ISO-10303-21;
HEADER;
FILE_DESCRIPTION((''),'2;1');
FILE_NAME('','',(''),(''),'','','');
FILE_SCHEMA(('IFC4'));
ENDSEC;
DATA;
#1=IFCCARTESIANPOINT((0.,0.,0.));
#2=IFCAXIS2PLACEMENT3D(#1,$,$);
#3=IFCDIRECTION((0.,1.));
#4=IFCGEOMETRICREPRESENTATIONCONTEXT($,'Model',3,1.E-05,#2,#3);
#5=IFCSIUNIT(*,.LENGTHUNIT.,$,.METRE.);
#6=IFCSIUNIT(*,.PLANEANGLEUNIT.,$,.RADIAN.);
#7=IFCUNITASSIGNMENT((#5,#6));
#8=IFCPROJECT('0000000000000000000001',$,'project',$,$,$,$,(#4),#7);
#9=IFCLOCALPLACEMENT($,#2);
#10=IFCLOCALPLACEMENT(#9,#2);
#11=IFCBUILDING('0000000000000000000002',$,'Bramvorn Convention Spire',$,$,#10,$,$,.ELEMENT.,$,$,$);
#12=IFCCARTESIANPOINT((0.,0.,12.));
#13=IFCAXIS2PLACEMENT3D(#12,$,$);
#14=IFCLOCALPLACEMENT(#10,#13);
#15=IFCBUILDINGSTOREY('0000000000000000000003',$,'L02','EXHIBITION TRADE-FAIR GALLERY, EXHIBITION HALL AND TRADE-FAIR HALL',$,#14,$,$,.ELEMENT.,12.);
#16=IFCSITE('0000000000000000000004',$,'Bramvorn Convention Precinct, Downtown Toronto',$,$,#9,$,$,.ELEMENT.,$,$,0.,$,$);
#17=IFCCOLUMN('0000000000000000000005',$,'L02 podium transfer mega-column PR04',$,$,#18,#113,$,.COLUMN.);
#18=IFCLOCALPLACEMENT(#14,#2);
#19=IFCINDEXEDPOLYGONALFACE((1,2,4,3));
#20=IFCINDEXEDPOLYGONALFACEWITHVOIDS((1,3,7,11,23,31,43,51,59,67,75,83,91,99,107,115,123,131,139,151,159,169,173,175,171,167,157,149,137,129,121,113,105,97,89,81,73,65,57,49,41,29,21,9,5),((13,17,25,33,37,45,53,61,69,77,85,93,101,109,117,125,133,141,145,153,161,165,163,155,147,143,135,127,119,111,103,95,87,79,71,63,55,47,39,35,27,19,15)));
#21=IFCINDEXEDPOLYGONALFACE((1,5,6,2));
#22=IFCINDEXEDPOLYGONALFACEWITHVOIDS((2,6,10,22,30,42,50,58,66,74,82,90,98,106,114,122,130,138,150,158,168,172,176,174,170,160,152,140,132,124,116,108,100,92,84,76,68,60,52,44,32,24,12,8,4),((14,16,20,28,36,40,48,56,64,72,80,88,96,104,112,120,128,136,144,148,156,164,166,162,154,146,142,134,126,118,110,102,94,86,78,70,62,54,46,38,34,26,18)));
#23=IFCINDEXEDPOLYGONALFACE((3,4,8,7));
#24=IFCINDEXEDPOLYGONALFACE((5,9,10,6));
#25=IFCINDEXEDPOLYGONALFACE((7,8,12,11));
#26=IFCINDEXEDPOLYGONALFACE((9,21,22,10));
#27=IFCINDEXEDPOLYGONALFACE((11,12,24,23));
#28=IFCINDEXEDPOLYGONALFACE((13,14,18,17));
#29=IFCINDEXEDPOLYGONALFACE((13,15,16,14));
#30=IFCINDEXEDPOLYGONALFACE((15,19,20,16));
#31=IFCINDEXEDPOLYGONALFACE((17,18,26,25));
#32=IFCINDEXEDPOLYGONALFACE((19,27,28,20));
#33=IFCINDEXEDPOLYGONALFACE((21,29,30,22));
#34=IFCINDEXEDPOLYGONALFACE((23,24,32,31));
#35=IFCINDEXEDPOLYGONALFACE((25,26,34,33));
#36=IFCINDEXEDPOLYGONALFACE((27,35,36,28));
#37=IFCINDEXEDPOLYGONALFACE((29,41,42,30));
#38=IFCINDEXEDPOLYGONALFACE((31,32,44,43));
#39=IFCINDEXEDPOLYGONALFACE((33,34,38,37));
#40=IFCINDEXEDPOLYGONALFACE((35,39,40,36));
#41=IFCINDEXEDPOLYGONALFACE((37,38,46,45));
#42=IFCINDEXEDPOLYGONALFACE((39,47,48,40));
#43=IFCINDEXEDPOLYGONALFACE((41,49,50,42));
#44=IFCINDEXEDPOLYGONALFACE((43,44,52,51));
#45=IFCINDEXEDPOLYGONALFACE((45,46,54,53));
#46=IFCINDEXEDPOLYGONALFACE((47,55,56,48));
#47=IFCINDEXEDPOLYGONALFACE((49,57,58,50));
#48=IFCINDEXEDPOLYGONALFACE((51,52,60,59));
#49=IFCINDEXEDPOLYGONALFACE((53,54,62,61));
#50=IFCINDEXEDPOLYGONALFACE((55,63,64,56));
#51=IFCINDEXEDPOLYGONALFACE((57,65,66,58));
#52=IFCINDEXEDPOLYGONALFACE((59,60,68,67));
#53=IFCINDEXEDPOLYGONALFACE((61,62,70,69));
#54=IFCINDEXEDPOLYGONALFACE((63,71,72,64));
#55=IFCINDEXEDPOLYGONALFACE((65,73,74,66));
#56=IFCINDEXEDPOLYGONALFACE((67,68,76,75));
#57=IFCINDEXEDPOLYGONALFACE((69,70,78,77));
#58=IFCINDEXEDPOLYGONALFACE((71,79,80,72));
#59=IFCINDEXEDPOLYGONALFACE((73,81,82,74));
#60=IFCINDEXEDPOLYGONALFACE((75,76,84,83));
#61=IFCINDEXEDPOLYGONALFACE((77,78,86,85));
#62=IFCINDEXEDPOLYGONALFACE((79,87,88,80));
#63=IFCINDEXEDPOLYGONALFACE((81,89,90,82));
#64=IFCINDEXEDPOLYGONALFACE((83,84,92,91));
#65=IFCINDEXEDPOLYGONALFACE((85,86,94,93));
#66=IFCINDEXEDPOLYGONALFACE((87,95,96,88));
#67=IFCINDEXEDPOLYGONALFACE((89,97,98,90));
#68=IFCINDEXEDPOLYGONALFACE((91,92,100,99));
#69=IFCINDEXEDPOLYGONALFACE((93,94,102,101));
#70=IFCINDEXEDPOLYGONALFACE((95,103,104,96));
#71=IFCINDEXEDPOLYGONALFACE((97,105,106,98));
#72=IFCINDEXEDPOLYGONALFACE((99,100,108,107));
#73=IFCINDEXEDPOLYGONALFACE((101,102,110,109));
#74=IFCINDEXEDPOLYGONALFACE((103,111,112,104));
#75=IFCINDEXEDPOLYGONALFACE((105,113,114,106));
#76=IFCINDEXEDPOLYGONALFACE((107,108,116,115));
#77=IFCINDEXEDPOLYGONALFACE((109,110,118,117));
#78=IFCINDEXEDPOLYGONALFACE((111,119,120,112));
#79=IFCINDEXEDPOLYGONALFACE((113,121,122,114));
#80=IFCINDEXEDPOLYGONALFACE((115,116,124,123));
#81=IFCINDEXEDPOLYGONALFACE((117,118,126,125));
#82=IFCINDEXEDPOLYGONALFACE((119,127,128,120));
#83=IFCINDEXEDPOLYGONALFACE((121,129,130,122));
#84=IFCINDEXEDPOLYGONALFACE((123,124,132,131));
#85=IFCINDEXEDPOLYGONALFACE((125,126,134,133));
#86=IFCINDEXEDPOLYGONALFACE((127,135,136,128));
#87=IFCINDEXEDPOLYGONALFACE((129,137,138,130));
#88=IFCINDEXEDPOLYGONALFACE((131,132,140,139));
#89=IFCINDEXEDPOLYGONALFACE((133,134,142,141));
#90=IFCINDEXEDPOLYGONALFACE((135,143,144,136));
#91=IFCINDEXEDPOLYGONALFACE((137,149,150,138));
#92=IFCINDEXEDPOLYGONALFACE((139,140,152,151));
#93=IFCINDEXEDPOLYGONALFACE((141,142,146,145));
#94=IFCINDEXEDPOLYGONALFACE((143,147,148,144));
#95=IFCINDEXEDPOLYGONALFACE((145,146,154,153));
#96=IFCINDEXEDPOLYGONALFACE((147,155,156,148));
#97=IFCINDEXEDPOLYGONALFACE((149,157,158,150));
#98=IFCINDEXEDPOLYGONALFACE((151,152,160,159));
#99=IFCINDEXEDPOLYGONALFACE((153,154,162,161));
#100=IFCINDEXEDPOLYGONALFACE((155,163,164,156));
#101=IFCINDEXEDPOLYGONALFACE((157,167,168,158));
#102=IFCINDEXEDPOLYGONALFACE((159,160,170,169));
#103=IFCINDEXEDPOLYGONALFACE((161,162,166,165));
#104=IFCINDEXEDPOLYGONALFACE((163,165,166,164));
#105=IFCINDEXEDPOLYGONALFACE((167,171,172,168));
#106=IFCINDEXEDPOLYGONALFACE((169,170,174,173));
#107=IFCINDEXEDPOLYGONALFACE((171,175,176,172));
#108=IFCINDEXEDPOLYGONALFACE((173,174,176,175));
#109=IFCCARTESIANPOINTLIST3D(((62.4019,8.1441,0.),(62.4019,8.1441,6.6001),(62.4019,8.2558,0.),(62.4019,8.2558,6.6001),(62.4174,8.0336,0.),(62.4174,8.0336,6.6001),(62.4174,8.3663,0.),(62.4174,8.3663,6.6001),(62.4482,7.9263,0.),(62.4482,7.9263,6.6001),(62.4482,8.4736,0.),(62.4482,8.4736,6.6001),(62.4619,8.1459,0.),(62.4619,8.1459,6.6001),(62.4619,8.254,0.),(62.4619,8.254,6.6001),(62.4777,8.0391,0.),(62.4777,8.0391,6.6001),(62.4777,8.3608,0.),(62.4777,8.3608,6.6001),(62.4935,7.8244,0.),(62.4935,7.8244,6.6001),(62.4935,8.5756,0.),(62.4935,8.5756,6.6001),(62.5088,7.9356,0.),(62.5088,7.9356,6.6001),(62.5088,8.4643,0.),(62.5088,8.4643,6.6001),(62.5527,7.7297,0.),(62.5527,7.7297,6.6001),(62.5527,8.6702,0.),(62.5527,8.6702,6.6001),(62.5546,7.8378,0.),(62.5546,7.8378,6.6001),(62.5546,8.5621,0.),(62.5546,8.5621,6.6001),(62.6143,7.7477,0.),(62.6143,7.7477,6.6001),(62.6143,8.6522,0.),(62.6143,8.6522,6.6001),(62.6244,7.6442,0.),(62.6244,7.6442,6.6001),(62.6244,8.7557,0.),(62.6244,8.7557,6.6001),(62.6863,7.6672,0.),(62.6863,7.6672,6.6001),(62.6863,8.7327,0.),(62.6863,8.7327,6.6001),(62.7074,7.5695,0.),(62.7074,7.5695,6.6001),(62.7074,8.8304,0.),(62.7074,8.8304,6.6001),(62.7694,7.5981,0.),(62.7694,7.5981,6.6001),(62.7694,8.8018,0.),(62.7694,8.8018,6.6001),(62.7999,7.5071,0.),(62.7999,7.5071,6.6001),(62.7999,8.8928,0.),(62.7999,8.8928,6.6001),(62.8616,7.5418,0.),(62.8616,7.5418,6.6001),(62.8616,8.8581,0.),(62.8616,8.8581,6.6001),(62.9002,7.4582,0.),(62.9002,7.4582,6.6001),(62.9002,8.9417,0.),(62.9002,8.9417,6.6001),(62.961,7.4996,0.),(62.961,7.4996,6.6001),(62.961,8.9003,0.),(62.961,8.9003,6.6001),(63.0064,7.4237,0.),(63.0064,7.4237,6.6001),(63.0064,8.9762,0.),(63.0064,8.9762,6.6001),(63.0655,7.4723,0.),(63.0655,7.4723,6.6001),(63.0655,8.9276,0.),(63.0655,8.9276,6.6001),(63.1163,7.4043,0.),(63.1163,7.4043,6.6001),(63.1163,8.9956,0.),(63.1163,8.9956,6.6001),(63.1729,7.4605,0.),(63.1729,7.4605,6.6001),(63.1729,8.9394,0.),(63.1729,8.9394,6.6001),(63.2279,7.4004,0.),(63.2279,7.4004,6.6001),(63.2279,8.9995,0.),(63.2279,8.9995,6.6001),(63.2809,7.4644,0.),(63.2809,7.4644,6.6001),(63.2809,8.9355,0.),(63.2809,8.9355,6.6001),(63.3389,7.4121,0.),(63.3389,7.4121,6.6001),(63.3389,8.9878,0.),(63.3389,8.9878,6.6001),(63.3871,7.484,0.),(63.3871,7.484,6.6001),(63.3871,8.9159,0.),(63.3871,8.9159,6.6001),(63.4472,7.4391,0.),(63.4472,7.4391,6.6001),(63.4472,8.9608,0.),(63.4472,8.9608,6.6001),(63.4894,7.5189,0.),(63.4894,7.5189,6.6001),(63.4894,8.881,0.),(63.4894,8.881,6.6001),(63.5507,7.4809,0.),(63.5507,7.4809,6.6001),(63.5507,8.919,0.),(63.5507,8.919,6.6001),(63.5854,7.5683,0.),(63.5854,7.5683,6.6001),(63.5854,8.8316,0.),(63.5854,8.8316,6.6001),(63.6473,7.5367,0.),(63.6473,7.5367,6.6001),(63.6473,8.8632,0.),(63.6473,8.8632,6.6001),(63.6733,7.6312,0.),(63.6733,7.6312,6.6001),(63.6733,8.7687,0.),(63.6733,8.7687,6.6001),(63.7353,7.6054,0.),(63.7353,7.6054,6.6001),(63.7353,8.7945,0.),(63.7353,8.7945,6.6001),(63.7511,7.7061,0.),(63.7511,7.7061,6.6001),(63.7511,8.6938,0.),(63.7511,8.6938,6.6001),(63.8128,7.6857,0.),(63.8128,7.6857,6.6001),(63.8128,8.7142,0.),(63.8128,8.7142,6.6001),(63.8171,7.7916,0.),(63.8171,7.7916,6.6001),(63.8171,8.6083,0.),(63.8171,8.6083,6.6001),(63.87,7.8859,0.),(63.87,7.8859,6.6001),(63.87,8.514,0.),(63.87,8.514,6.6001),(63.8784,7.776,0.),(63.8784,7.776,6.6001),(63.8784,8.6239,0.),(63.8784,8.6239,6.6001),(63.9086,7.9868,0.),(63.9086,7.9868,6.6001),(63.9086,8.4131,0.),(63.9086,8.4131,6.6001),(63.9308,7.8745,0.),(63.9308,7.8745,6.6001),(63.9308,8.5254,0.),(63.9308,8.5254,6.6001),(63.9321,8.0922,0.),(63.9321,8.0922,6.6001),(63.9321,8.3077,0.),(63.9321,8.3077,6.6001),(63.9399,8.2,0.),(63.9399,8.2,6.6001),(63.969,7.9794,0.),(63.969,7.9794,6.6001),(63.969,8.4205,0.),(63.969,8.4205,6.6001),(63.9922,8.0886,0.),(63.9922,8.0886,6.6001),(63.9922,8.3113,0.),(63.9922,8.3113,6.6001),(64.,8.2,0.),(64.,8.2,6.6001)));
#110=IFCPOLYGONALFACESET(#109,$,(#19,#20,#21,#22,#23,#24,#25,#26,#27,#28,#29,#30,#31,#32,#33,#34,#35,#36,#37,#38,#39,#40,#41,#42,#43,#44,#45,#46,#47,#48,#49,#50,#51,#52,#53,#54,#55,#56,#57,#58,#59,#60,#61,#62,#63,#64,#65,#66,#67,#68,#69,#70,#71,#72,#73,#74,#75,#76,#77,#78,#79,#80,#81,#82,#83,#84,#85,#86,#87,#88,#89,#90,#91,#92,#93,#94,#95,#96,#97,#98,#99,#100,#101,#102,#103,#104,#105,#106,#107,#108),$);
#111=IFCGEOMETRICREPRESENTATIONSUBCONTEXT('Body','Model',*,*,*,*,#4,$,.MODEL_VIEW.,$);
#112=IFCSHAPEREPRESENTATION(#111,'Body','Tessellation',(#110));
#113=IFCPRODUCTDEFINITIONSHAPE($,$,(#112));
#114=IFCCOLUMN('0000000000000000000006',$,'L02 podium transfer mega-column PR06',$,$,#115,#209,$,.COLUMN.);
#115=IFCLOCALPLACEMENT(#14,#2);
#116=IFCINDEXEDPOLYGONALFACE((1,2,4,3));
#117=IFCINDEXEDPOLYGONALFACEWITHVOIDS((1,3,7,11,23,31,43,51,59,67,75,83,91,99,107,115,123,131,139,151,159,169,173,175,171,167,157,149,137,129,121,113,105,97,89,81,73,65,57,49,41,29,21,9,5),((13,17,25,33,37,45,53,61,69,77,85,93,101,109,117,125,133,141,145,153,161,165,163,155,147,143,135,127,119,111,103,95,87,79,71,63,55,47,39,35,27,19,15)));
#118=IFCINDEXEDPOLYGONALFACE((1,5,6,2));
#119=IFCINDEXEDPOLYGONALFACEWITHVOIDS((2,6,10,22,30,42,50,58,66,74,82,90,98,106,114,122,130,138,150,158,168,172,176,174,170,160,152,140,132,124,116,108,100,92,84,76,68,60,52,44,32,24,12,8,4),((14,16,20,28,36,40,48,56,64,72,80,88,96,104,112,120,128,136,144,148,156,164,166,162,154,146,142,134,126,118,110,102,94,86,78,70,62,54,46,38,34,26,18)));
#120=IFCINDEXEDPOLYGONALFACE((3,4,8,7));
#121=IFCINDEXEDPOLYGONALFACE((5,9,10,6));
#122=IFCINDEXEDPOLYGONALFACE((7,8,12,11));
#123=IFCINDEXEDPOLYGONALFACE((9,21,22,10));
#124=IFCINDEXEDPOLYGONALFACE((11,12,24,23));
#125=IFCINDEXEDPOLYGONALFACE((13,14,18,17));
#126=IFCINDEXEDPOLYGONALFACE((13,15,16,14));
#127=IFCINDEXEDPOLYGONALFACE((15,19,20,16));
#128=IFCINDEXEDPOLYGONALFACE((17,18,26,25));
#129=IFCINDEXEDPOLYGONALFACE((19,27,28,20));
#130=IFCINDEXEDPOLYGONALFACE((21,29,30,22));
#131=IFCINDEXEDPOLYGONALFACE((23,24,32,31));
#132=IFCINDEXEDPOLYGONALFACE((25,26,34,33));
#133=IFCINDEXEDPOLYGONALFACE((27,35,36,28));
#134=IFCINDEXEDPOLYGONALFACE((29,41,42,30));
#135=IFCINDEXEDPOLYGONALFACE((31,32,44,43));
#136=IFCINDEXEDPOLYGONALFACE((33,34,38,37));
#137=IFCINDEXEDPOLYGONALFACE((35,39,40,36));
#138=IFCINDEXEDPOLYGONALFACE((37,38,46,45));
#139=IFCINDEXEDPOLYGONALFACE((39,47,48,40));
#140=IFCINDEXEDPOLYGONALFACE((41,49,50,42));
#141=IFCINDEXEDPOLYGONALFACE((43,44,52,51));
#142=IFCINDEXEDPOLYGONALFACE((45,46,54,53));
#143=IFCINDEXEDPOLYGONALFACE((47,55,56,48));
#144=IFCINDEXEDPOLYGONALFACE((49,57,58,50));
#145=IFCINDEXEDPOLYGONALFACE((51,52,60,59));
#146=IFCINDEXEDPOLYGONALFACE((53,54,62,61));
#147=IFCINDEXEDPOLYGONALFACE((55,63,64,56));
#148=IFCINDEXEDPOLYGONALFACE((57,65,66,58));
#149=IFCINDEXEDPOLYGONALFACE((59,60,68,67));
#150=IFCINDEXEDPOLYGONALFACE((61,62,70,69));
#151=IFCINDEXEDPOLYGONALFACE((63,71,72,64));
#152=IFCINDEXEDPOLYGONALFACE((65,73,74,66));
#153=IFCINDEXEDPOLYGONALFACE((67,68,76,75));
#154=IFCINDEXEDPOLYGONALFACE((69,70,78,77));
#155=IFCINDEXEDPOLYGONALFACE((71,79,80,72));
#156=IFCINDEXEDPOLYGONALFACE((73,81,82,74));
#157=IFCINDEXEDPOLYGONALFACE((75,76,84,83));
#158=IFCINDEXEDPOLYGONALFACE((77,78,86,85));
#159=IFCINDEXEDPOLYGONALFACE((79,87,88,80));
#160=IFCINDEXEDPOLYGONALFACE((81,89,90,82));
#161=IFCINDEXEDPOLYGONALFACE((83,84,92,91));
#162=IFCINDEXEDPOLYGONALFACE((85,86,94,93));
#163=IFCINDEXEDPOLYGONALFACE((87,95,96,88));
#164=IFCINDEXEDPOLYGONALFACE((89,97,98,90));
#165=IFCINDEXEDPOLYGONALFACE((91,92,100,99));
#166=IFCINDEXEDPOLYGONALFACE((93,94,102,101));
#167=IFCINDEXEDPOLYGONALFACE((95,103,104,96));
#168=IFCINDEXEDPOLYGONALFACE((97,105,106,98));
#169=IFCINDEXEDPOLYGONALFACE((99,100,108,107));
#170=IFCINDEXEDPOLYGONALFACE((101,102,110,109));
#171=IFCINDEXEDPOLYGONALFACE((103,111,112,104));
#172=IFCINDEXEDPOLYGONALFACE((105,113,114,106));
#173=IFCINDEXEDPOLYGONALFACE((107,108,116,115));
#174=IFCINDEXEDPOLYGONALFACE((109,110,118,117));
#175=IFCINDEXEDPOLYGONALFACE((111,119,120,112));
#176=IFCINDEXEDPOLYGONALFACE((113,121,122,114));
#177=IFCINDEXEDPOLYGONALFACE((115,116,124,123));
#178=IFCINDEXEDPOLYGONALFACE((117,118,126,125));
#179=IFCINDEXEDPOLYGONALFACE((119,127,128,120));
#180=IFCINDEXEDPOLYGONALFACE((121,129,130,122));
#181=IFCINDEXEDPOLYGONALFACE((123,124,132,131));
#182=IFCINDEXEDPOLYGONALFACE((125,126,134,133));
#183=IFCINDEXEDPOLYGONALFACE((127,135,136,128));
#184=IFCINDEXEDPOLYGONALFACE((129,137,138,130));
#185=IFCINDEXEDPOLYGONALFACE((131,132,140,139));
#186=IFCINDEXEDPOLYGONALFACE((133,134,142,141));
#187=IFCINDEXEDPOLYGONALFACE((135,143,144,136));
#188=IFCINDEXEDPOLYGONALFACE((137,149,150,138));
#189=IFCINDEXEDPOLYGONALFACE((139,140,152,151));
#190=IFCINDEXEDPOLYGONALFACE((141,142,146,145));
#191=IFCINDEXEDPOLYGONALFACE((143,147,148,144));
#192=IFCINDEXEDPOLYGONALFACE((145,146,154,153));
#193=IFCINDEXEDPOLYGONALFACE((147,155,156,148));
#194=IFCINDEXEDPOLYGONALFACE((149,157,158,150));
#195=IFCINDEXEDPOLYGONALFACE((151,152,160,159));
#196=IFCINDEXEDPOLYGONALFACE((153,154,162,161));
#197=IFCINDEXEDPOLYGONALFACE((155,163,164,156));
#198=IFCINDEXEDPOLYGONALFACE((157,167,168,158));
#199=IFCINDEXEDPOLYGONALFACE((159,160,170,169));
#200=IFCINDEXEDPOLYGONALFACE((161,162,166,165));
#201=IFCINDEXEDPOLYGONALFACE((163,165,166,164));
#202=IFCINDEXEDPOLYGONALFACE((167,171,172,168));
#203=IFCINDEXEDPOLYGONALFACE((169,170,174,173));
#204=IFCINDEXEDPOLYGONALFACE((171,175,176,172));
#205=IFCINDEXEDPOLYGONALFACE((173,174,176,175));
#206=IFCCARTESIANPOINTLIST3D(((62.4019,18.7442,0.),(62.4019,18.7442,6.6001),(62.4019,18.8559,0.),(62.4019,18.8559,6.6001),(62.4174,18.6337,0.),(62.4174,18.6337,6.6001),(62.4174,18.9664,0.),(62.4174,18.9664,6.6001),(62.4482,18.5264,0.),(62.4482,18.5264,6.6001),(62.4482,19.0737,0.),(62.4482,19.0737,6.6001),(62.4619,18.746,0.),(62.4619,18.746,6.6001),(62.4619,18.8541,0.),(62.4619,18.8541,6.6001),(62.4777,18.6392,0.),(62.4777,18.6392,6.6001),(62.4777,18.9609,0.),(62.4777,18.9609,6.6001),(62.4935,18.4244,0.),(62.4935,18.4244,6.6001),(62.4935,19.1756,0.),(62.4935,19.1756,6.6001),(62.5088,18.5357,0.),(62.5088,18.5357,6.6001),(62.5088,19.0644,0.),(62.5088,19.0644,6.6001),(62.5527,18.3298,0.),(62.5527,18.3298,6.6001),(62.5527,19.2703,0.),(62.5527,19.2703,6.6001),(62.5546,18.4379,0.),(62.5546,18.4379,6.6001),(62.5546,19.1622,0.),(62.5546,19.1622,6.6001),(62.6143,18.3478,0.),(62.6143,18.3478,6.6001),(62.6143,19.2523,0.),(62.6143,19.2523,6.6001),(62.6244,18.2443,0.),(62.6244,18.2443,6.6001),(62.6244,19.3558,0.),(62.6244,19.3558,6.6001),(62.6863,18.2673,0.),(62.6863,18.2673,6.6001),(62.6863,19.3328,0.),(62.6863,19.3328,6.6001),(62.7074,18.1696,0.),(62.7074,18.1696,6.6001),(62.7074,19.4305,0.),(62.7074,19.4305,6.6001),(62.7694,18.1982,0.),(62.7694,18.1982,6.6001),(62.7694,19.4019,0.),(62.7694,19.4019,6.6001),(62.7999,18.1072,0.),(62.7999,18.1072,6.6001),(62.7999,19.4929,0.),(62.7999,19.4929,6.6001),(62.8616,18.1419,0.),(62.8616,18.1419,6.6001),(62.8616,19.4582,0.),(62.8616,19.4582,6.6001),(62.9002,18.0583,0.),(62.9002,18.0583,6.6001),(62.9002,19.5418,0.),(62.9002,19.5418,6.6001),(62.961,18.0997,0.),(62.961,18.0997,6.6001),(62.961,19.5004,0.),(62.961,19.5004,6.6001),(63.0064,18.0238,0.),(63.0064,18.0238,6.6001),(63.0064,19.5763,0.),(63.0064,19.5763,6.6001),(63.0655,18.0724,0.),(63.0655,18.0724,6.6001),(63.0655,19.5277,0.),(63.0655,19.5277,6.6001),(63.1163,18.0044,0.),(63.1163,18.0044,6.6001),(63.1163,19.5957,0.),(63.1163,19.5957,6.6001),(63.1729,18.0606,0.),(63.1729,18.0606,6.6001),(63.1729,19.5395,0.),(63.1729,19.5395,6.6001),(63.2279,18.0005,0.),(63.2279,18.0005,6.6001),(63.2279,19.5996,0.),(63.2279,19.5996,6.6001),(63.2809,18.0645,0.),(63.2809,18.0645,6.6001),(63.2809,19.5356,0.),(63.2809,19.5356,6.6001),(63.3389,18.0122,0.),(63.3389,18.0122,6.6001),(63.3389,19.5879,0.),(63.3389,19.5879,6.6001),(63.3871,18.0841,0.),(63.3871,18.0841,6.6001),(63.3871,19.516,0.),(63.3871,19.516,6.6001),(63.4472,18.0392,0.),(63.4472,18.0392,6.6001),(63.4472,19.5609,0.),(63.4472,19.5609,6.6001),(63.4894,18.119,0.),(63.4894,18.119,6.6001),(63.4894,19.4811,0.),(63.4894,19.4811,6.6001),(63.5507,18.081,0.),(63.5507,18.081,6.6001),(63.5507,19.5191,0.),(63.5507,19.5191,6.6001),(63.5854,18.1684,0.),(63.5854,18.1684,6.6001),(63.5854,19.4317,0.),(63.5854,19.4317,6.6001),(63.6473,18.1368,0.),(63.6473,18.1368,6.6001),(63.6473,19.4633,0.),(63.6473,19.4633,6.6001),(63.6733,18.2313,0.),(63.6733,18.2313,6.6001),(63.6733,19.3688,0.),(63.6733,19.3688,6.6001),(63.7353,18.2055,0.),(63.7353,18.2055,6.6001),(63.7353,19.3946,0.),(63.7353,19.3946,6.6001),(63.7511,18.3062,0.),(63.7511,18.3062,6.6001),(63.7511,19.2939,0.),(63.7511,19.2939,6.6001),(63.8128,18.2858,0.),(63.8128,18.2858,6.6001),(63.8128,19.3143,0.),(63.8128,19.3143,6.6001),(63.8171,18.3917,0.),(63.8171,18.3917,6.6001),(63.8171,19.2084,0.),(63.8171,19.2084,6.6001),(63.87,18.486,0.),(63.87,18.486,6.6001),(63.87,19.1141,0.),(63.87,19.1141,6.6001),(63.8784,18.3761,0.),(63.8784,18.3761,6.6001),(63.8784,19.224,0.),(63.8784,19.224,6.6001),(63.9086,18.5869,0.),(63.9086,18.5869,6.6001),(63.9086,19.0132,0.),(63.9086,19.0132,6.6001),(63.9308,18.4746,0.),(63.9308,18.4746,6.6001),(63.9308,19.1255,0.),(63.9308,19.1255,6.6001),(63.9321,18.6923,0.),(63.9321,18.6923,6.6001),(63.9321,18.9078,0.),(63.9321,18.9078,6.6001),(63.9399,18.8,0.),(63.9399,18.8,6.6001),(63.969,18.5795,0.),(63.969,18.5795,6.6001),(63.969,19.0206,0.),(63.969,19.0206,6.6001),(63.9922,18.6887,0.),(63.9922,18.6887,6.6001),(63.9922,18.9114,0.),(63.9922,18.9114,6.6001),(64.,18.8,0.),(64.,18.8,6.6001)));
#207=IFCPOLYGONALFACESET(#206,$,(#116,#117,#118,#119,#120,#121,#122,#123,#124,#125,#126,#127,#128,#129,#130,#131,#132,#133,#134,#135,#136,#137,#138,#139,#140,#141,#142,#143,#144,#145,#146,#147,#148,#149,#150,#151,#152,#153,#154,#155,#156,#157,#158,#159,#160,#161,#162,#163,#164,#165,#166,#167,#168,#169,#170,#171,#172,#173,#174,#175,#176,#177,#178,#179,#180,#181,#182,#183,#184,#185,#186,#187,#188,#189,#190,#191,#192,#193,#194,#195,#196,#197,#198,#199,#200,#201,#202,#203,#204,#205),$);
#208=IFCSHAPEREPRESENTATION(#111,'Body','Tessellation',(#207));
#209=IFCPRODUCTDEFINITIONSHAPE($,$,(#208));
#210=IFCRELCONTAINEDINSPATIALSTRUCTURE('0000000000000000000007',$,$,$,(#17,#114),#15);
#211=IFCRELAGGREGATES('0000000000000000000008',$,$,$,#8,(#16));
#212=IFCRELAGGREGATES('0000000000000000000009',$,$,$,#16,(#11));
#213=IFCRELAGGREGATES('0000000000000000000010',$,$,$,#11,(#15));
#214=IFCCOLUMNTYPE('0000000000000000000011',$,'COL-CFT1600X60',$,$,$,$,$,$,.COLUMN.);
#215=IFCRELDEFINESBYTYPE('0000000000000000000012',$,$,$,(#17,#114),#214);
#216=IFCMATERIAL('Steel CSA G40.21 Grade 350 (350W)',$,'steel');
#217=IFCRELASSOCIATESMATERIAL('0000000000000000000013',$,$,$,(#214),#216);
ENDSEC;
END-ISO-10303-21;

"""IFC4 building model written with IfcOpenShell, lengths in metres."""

from ifc_helpers import new_model, si_unit, direction, frame, origin, origin_2d, place, context, subcontext, project, spatial, hollow_circle, extrude, material, material_profile, profile_set, type_object, element, save


model = new_model("IFC4")

# Units and contexts
model_context = context("Model", 3, precision=1e-05, world=origin(), true_north=direction((0.0, 1.0)))
body_context = subcontext(model_context, "Body", "Model", "MODEL_VIEW")
ifc_project = project(units=[si_unit("LENGTHUNIT", "METRE"), si_unit("PLANEANGLEUNIT", "RADIAN")], contexts=[model_context])

# Site, building, storey
site_placement = place(None, origin())
site = spatial("IfcSite", under=ifc_project, at=site_placement, Name="Bramvorn Convention Precinct, Downtown Toronto", CompositionType="ELEMENT", RefElevation=0.0)
building_placement = place(site_placement, origin())
building = spatial("IfcBuilding", under=site, at=building_placement, Name="Bramvorn Convention Spire", CompositionType="ELEMENT")
storey_placement = place(building_placement, frame((0.0, 0.0, 12.0)))
storey = spatial("IfcBuildingStorey", under=building, at=storey_placement, Name="L02", Description="EXHIBITION TRADE-FAIR GALLERY, EXHIBITION HALL AND TRADE-FAIR HALL", CompositionType="ELEMENT", Elevation=12.0)

# Columns
ifc_material_1 = material(Name="Steel CSA G40.21 Grade 350 (350W)", Category="steel")
ifc_material_profile_1 = material_profile(ifc_material_1, hollow_circle(Radius=0.8, WallThickness=0.0601, at=origin_2d()))
ifc_profile_set_1 = profile_set([ifc_material_profile_1], Name="Steel CSA G40.21 Grade 350 (350W) - CFT1600X60")
column_type_1 = type_object("IfcColumnType", Name="COL-CFT1600X60", PredefinedType="COLUMN", material=ifc_profile_set_1)
for number, where, z_axis, x_axis, name in (
    (1, (63.2, 8.2, 0.0), (0.0, 0.0, 1.0), (1.0, 0.0, 0.0), "L02 podium transfer mega-column PR04"),
    (2, (63.2, 18.8, 0.0), (0.0, 0.0, 1.0), (1.0, 0.0, 0.0), "L02 podium transfer mega-column PR06"),
):
    element("IfcColumn", number, at=place(storey_placement, frame(where, z_axis=z_axis, x_axis=x_axis)), inside=storey, type_object=column_type_1, Name=name, PredefinedType="COLUMN", context=body_context, shape_type="SweptSolid", body=[
        extrude(hollow_circle(Radius=0.8, WallThickness=0.0601, at=origin_2d()), origin(), (0.0, 0.0, 1.0), 6.6001),
    ])

save(model, "model.ifc")
